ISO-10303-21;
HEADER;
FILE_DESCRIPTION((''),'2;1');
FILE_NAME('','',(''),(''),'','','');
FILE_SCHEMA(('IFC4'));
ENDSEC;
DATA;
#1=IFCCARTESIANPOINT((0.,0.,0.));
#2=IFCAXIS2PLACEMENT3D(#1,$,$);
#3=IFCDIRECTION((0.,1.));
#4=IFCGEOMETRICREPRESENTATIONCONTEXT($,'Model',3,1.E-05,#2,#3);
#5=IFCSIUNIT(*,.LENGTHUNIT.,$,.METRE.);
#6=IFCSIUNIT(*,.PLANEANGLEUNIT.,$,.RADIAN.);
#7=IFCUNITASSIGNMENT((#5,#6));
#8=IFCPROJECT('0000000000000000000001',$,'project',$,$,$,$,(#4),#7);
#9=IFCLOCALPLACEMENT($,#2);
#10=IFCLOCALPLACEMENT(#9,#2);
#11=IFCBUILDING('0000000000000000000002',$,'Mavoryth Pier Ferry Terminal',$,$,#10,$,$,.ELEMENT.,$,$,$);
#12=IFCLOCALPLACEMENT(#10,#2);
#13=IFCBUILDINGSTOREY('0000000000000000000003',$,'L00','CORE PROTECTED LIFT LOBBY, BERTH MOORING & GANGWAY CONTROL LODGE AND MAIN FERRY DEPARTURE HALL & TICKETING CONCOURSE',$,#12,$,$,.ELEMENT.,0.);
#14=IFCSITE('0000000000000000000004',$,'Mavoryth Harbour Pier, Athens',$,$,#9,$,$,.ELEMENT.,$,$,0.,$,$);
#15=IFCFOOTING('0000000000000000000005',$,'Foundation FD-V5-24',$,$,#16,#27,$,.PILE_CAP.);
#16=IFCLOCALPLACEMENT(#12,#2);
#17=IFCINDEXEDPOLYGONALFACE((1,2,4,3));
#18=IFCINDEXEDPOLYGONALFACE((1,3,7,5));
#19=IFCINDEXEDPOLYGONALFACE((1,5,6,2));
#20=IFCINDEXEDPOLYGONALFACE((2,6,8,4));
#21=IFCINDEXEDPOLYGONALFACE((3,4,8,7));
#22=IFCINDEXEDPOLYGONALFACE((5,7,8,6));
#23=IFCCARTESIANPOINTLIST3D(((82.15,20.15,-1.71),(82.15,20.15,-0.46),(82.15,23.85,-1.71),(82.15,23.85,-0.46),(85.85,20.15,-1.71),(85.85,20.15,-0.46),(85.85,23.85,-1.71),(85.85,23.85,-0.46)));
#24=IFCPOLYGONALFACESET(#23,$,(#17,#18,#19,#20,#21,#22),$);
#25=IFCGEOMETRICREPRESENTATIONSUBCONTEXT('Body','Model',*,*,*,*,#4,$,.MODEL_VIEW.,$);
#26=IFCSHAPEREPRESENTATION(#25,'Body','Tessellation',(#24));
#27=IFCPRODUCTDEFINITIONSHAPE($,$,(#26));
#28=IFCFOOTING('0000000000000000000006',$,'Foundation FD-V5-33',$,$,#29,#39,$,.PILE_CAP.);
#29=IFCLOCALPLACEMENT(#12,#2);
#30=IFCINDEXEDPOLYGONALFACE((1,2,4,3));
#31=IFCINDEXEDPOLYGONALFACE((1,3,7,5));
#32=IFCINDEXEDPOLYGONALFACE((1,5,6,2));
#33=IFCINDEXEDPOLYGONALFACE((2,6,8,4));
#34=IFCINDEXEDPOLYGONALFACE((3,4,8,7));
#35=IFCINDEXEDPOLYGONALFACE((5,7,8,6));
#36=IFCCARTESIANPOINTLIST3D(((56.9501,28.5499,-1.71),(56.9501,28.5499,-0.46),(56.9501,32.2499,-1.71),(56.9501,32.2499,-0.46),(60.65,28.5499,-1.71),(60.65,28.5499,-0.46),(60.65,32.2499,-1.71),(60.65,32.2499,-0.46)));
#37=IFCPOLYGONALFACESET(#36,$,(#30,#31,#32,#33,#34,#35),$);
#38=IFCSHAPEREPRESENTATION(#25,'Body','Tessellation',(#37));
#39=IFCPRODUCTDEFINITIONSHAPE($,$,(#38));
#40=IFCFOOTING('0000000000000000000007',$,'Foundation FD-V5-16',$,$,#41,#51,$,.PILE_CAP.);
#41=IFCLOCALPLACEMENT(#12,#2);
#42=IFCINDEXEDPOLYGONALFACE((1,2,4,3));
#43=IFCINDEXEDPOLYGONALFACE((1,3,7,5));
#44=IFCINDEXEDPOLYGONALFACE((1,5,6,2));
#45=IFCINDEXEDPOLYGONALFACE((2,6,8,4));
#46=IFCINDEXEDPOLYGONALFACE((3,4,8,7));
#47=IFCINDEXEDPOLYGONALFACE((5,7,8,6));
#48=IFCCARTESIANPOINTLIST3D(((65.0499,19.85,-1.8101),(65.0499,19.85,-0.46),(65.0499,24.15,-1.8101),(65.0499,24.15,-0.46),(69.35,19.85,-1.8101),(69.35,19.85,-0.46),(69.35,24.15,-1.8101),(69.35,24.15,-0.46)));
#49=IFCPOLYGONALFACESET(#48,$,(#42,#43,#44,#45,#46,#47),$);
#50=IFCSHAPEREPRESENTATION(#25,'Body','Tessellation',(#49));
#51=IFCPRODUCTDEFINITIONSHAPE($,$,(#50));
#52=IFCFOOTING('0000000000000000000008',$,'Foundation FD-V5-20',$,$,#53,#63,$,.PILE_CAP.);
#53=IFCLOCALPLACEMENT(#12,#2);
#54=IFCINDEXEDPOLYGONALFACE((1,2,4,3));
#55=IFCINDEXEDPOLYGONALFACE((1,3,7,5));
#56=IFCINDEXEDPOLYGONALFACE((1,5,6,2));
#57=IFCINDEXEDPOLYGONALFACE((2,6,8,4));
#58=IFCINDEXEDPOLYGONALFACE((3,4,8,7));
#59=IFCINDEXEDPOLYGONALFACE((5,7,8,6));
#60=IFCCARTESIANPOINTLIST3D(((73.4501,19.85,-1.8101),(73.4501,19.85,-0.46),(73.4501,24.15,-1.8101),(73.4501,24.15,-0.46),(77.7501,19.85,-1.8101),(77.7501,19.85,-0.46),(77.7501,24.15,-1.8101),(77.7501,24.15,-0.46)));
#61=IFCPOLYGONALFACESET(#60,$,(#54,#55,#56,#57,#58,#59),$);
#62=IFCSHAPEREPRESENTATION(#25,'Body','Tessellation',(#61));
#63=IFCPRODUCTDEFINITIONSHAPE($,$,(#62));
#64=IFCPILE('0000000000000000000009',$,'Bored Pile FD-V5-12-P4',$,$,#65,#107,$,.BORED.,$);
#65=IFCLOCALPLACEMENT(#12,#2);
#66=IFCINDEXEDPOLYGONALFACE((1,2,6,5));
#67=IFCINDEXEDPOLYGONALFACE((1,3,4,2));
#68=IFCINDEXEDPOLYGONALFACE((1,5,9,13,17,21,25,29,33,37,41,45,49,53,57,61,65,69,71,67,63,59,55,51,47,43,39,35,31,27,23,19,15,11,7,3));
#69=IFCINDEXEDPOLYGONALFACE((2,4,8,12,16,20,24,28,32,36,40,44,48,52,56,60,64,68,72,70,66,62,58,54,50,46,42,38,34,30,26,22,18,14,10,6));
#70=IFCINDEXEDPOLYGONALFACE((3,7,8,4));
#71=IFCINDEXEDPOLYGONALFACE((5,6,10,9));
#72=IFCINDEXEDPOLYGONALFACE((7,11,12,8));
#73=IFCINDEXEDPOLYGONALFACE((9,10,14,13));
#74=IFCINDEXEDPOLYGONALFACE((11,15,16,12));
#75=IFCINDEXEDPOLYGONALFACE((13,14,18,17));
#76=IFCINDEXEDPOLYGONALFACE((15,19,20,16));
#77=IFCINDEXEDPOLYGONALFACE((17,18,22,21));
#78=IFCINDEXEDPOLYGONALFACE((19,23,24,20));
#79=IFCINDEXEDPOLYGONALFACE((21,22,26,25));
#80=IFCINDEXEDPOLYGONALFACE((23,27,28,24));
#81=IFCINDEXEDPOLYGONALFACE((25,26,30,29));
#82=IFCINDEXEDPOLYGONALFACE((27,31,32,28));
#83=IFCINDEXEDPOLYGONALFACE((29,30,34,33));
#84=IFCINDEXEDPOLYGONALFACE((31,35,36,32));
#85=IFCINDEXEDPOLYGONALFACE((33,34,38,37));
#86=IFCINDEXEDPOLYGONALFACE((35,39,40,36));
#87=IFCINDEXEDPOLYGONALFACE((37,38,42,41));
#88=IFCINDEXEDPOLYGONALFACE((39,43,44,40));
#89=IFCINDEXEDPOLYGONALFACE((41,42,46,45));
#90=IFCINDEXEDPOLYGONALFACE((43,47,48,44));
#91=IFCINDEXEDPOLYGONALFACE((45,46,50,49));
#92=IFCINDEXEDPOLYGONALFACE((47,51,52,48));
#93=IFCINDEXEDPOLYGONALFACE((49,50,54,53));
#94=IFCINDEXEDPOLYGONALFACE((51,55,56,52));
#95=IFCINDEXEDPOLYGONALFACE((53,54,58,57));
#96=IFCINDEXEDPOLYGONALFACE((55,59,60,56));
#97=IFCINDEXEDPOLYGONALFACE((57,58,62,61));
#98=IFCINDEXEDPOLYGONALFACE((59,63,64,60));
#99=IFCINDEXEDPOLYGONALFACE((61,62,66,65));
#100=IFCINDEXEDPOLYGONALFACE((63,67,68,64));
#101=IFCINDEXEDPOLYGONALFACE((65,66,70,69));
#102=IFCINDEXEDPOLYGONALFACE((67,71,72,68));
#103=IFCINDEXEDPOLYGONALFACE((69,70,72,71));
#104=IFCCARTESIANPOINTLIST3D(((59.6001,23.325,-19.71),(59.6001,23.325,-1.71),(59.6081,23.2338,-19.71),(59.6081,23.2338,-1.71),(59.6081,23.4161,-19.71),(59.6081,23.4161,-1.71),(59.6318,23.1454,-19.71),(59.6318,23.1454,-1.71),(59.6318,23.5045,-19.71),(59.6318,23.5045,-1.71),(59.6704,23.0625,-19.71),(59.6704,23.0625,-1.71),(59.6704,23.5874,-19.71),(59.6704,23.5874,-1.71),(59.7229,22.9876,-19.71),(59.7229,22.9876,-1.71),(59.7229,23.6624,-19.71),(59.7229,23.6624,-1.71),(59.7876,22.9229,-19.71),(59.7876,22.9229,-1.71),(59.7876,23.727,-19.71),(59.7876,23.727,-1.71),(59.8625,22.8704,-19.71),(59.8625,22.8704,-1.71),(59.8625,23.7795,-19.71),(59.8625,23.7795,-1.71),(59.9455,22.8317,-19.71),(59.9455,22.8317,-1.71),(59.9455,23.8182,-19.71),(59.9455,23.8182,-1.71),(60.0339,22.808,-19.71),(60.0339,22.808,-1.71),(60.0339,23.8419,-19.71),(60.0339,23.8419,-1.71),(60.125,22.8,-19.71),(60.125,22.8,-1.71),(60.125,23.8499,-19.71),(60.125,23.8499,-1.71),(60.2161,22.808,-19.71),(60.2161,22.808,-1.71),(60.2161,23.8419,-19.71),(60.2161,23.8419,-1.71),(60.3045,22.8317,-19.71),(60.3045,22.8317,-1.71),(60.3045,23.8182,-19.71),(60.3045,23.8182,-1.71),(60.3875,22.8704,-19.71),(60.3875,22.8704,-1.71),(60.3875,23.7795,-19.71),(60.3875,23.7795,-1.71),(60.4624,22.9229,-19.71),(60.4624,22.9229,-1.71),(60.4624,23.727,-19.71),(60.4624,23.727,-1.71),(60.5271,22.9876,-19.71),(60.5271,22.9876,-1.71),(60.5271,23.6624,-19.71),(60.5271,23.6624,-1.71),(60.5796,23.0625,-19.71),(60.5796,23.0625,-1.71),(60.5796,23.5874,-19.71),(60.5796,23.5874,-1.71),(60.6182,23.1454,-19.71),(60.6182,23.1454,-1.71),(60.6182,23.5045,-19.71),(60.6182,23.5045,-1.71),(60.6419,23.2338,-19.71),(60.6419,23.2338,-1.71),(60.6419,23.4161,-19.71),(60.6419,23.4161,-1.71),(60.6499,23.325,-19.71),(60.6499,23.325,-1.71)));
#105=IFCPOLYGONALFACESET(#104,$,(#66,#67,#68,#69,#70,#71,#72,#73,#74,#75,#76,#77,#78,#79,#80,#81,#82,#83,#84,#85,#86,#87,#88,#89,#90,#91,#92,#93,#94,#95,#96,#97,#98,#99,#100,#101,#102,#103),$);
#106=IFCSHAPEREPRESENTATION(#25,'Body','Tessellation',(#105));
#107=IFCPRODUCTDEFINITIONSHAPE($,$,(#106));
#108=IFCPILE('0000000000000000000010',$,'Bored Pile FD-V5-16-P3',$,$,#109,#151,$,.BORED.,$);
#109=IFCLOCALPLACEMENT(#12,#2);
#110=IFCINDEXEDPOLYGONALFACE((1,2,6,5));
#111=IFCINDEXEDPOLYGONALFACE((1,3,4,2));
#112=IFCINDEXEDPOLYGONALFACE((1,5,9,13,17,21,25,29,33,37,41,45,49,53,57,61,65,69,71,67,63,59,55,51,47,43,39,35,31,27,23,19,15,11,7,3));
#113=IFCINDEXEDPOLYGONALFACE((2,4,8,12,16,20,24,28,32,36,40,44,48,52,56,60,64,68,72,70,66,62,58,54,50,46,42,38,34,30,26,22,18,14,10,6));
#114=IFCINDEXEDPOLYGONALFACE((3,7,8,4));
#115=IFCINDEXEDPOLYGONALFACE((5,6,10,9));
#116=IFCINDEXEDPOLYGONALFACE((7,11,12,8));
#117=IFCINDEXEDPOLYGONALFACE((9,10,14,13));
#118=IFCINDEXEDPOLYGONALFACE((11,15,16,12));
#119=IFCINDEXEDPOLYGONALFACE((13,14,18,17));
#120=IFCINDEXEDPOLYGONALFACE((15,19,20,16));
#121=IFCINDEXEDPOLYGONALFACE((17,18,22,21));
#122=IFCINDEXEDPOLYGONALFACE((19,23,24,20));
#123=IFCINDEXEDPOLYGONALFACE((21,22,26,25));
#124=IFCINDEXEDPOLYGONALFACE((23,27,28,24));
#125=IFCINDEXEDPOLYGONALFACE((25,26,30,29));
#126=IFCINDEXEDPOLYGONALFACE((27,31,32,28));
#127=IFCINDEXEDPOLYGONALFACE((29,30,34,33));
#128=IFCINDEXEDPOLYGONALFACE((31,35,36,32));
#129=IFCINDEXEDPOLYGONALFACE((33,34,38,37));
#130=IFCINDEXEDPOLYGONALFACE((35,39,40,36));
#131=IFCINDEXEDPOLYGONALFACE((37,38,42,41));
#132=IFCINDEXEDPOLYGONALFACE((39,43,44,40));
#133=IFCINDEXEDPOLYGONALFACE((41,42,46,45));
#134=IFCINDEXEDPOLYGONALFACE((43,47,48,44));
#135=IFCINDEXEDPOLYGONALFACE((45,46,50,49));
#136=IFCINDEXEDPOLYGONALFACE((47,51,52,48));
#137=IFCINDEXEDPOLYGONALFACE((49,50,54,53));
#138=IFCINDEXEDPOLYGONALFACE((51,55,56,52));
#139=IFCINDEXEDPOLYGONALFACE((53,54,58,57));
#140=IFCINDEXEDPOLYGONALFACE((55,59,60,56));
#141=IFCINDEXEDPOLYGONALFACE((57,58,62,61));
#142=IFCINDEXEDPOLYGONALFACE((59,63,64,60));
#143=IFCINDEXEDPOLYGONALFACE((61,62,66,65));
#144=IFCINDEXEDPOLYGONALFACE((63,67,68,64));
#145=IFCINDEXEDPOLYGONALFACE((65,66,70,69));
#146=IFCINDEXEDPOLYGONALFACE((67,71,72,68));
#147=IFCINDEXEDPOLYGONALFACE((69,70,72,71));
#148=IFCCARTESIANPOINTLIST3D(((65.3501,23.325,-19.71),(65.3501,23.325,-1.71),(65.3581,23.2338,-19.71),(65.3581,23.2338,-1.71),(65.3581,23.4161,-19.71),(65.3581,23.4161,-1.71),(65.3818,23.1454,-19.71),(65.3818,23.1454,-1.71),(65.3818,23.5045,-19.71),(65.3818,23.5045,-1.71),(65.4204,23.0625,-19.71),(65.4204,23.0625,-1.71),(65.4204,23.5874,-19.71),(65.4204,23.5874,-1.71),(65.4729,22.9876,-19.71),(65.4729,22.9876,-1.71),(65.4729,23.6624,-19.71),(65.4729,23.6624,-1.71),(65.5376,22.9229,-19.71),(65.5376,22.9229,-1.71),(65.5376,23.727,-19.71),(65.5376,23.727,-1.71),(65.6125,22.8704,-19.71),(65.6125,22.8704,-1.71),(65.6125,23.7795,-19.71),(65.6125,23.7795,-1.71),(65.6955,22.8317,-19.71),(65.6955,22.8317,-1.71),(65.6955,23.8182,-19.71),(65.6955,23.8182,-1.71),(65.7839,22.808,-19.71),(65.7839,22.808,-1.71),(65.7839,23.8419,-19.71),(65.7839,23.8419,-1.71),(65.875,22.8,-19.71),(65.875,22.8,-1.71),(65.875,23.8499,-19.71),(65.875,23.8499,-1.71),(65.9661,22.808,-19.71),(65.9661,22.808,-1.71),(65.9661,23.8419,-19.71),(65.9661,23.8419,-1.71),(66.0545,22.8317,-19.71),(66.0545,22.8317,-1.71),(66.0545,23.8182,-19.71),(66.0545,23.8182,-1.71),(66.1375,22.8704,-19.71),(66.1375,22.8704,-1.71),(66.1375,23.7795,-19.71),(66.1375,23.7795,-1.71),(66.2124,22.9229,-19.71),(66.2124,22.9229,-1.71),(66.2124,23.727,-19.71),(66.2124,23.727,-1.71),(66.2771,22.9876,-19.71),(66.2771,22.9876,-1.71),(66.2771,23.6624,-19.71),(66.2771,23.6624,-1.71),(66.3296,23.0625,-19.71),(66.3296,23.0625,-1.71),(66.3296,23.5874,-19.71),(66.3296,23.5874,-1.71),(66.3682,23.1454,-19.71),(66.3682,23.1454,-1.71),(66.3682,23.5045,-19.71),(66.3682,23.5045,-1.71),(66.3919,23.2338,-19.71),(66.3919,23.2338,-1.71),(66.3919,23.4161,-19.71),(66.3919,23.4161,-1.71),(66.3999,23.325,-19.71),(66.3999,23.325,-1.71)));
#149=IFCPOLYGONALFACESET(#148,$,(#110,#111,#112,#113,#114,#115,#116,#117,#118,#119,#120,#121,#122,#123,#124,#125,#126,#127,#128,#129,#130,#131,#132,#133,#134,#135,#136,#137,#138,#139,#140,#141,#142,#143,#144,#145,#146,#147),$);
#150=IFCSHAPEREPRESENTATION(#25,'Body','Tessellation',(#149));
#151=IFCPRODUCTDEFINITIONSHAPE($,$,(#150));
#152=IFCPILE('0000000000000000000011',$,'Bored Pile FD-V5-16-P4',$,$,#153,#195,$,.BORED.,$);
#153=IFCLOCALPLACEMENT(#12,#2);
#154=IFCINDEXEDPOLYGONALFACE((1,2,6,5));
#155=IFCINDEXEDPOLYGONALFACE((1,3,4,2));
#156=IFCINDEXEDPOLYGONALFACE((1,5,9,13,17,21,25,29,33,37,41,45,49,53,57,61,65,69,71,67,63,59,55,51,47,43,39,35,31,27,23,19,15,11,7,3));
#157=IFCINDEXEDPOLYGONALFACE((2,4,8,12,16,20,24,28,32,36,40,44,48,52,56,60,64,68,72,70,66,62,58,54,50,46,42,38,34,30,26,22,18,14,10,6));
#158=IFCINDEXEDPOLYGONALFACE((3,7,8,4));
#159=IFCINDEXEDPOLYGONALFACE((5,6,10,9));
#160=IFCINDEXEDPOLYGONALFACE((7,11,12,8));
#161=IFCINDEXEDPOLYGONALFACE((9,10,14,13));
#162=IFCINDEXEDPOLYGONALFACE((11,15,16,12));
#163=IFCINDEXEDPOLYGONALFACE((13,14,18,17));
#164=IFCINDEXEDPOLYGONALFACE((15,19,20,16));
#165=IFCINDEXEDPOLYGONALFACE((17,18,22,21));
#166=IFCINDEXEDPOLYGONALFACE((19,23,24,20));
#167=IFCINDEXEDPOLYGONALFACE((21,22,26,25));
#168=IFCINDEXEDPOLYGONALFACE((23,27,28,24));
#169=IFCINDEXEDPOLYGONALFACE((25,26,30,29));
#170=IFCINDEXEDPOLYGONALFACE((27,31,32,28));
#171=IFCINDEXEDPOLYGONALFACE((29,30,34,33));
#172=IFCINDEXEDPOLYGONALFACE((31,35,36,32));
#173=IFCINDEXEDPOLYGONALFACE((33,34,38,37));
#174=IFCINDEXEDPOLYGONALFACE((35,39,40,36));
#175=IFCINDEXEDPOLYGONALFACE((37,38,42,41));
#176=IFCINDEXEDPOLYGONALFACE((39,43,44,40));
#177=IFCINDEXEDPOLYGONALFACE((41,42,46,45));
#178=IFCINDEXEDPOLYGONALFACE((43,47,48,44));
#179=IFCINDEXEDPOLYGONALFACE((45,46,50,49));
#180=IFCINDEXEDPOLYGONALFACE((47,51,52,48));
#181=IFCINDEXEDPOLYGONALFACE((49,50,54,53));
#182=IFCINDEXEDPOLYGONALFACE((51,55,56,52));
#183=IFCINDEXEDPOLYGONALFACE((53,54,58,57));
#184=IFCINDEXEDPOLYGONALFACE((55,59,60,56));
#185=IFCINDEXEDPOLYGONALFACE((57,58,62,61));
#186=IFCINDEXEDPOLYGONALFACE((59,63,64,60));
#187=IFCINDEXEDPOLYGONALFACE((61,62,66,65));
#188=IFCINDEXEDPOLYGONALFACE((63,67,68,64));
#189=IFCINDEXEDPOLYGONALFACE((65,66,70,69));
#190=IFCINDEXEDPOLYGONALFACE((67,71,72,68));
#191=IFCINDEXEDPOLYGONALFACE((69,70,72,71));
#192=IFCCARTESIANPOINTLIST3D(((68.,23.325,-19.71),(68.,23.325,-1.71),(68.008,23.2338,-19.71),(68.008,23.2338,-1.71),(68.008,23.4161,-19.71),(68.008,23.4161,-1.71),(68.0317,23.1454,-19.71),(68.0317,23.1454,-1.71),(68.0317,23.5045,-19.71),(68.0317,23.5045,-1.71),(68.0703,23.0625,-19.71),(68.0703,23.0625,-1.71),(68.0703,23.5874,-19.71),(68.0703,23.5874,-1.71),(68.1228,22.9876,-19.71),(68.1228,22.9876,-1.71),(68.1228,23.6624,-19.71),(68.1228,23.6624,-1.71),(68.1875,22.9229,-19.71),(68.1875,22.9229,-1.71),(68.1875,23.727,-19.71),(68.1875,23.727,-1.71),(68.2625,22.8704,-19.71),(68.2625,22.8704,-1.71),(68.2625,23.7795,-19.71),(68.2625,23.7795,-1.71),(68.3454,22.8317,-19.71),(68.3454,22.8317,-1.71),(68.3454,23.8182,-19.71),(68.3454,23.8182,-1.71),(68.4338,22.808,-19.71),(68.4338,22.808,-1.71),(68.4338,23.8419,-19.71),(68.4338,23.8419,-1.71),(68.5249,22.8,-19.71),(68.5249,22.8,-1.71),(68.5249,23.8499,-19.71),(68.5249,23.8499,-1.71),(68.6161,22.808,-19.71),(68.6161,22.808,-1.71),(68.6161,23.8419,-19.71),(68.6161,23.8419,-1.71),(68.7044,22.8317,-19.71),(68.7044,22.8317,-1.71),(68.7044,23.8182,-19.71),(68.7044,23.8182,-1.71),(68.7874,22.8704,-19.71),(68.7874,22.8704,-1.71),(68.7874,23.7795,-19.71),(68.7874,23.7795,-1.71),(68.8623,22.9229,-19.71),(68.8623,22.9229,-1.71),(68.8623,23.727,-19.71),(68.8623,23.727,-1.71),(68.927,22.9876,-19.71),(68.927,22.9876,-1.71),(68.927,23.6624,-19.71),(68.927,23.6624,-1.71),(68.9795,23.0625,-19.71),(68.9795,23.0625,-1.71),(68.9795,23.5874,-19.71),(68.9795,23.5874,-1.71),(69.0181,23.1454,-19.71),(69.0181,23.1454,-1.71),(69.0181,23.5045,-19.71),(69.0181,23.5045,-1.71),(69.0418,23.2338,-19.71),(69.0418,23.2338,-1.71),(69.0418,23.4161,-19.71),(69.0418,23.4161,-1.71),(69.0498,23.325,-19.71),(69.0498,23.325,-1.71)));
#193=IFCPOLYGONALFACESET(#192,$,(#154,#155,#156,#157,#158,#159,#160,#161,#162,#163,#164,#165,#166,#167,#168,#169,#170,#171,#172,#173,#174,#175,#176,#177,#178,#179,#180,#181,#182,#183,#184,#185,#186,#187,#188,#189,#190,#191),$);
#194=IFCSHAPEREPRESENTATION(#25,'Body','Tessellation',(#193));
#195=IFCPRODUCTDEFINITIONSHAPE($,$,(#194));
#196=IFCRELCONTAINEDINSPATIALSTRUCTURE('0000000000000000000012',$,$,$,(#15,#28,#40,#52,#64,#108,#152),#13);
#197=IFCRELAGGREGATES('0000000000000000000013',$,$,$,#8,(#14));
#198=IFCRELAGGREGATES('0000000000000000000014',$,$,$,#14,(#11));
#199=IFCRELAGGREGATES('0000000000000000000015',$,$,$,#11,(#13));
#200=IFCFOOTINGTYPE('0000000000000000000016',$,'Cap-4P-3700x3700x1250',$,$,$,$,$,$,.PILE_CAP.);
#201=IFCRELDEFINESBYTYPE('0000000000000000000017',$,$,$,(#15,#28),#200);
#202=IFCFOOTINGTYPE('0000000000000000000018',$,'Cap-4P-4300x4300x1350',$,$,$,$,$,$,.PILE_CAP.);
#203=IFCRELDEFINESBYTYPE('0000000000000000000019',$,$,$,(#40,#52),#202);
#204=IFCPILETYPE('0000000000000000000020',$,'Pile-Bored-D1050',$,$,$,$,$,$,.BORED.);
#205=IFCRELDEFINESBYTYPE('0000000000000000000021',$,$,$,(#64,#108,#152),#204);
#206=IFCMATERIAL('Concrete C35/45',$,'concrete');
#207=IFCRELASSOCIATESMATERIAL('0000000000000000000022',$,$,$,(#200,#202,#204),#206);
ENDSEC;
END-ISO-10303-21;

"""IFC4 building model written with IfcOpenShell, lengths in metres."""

from ifc_helpers import new_model, si_unit, direction, frame, origin, origin_2d, place, context, subcontext, project, spatial, rectangle, circle, extrude, material, material_profile, profile_set, type_object, element, save


model = new_model("IFC4")

# Units and contexts
model_context = context("Model", 3, precision=1e-05, world=origin(), true_north=direction((0.0, 1.0)))
body_context = subcontext(model_context, "Body", "Model", "MODEL_VIEW")
ifc_project = project(units=[si_unit("LENGTHUNIT", "METRE"), si_unit("PLANEANGLEUNIT", "RADIAN")], contexts=[model_context])

# Site, building, storey
site_placement = place(None, origin())
site = spatial("IfcSite", under=ifc_project, at=site_placement, Name="Mavoryth Harbour Pier, Athens", CompositionType="ELEMENT", RefElevation=0.0)
building_placement = place(site_placement, origin())
building = spatial("IfcBuilding", under=site, at=building_placement, Name="Mavoryth Pier Ferry Terminal", CompositionType="ELEMENT")
storey_placement = place(building_placement, origin())
storey = spatial("IfcBuildingStorey", under=building, at=storey_placement, Name="L00", Description="CORE PROTECTED LIFT LOBBY, BERTH MOORING & GANGWAY CONTROL LODGE AND MAIN FERRY DEPARTURE HALL & TICKETING CONCOURSE", CompositionType="ELEMENT", Elevation=0.0)

# Footings
ifc_material_1 = material(Name="Concrete C35/45", Category="concrete")
footing_type_1 = type_object("IfcFootingType", Name="Cap-4P-3700x3700x1250", PredefinedType="PILE_CAP", material=ifc_material_1)
for number, where, z_axis, x_axis, name in (
    (1, (84.0, 22.0, -1.71), (0.0, 0.0, 1.0), (1.0, 0.0, 0.0), "Foundation FD-V5-24"),
    (2, (58.8, 30.3999, -1.71), (0.0, 0.0, 1.0), (1.0, 0.0, 0.0), "Foundation FD-V5-33"),
):
    element("IfcFooting", number, at=place(storey_placement, frame(where, z_axis=z_axis, x_axis=x_axis)), inside=storey, type_object=footing_type_1, Name=name, PredefinedType="PILE_CAP", context=body_context, shape_type="SweptSolid", body=[
        extrude(rectangle(XDim=3.7, YDim=3.7, at=origin_2d()), origin(), (0.0, 0.0, 1.0), 1.25),
    ])
footing_type_2 = type_object("IfcFootingType", Name="Cap-4P-4300x4300x1350", PredefinedType="PILE_CAP", material=ifc_material_1)
for number, where, z_axis, x_axis, name in (
    (3, (67.2, 22.0, -1.8101), (0.0, 0.0, 1.0), (1.0, 0.0, 0.0), "Foundation FD-V5-16"),
    (4, (75.6001, 22.0, -1.8101), (0.0, 0.0, 1.0), (1.0, 0.0, 0.0), "Foundation FD-V5-20"),
):
    element("IfcFooting", number, at=place(storey_placement, frame(where, z_axis=z_axis, x_axis=x_axis)), inside=storey, type_object=footing_type_2, Name=name, PredefinedType="PILE_CAP", context=body_context, shape_type="SweptSolid", body=[
        extrude(rectangle(XDim=4.3, YDim=4.3, at=origin_2d()), origin(), (0.0, 0.0, 1.0), 1.3501),
    ])

# Piles
ifc_material_profile_1 = material_profile(ifc_material_1, circle(Radius=0.5249, at=origin_2d()), Name="PILE D1050", Category="concrete")
ifc_profile_set_1 = profile_set([ifc_material_profile_1], Name="Concrete C35/45 - PILE D1050")
pile_type_1 = type_object("IfcPileType", Name="Pile-Bored-D1050", PredefinedType="BORED", material=ifc_profile_set_1)
for number, where, z_axis, x_axis, name in (
    (5, (60.125, 23.325, -1.71), (0.0, 0.0, -1.0), (1.0, 0.0, 0.0), "Bored Pile FD-V5-12-P4"),
    (6, (65.875, 23.325, -1.71), (0.0, 0.0, -1.0), (1.0, 0.0, 0.0), "Bored Pile FD-V5-16-P3"),
    (7, (68.5249, 23.325, -1.71), (0.0, 0.0, -1.0), (1.0, 0.0, 0.0), "Bored Pile FD-V5-16-P4"),
):
    element("IfcPile", number, at=place(storey_placement, frame(where, z_axis=z_axis, x_axis=x_axis)), inside=storey, type_object=pile_type_1, Name=name, PredefinedType="BORED", context=body_context, shape_type="SweptSolid", body=[
        extrude(circle(Radius=0.5249, at=origin_2d()), origin(), (0.0, 0.0, 1.0), 18.0),
    ])

save(model, "model.ifc")
